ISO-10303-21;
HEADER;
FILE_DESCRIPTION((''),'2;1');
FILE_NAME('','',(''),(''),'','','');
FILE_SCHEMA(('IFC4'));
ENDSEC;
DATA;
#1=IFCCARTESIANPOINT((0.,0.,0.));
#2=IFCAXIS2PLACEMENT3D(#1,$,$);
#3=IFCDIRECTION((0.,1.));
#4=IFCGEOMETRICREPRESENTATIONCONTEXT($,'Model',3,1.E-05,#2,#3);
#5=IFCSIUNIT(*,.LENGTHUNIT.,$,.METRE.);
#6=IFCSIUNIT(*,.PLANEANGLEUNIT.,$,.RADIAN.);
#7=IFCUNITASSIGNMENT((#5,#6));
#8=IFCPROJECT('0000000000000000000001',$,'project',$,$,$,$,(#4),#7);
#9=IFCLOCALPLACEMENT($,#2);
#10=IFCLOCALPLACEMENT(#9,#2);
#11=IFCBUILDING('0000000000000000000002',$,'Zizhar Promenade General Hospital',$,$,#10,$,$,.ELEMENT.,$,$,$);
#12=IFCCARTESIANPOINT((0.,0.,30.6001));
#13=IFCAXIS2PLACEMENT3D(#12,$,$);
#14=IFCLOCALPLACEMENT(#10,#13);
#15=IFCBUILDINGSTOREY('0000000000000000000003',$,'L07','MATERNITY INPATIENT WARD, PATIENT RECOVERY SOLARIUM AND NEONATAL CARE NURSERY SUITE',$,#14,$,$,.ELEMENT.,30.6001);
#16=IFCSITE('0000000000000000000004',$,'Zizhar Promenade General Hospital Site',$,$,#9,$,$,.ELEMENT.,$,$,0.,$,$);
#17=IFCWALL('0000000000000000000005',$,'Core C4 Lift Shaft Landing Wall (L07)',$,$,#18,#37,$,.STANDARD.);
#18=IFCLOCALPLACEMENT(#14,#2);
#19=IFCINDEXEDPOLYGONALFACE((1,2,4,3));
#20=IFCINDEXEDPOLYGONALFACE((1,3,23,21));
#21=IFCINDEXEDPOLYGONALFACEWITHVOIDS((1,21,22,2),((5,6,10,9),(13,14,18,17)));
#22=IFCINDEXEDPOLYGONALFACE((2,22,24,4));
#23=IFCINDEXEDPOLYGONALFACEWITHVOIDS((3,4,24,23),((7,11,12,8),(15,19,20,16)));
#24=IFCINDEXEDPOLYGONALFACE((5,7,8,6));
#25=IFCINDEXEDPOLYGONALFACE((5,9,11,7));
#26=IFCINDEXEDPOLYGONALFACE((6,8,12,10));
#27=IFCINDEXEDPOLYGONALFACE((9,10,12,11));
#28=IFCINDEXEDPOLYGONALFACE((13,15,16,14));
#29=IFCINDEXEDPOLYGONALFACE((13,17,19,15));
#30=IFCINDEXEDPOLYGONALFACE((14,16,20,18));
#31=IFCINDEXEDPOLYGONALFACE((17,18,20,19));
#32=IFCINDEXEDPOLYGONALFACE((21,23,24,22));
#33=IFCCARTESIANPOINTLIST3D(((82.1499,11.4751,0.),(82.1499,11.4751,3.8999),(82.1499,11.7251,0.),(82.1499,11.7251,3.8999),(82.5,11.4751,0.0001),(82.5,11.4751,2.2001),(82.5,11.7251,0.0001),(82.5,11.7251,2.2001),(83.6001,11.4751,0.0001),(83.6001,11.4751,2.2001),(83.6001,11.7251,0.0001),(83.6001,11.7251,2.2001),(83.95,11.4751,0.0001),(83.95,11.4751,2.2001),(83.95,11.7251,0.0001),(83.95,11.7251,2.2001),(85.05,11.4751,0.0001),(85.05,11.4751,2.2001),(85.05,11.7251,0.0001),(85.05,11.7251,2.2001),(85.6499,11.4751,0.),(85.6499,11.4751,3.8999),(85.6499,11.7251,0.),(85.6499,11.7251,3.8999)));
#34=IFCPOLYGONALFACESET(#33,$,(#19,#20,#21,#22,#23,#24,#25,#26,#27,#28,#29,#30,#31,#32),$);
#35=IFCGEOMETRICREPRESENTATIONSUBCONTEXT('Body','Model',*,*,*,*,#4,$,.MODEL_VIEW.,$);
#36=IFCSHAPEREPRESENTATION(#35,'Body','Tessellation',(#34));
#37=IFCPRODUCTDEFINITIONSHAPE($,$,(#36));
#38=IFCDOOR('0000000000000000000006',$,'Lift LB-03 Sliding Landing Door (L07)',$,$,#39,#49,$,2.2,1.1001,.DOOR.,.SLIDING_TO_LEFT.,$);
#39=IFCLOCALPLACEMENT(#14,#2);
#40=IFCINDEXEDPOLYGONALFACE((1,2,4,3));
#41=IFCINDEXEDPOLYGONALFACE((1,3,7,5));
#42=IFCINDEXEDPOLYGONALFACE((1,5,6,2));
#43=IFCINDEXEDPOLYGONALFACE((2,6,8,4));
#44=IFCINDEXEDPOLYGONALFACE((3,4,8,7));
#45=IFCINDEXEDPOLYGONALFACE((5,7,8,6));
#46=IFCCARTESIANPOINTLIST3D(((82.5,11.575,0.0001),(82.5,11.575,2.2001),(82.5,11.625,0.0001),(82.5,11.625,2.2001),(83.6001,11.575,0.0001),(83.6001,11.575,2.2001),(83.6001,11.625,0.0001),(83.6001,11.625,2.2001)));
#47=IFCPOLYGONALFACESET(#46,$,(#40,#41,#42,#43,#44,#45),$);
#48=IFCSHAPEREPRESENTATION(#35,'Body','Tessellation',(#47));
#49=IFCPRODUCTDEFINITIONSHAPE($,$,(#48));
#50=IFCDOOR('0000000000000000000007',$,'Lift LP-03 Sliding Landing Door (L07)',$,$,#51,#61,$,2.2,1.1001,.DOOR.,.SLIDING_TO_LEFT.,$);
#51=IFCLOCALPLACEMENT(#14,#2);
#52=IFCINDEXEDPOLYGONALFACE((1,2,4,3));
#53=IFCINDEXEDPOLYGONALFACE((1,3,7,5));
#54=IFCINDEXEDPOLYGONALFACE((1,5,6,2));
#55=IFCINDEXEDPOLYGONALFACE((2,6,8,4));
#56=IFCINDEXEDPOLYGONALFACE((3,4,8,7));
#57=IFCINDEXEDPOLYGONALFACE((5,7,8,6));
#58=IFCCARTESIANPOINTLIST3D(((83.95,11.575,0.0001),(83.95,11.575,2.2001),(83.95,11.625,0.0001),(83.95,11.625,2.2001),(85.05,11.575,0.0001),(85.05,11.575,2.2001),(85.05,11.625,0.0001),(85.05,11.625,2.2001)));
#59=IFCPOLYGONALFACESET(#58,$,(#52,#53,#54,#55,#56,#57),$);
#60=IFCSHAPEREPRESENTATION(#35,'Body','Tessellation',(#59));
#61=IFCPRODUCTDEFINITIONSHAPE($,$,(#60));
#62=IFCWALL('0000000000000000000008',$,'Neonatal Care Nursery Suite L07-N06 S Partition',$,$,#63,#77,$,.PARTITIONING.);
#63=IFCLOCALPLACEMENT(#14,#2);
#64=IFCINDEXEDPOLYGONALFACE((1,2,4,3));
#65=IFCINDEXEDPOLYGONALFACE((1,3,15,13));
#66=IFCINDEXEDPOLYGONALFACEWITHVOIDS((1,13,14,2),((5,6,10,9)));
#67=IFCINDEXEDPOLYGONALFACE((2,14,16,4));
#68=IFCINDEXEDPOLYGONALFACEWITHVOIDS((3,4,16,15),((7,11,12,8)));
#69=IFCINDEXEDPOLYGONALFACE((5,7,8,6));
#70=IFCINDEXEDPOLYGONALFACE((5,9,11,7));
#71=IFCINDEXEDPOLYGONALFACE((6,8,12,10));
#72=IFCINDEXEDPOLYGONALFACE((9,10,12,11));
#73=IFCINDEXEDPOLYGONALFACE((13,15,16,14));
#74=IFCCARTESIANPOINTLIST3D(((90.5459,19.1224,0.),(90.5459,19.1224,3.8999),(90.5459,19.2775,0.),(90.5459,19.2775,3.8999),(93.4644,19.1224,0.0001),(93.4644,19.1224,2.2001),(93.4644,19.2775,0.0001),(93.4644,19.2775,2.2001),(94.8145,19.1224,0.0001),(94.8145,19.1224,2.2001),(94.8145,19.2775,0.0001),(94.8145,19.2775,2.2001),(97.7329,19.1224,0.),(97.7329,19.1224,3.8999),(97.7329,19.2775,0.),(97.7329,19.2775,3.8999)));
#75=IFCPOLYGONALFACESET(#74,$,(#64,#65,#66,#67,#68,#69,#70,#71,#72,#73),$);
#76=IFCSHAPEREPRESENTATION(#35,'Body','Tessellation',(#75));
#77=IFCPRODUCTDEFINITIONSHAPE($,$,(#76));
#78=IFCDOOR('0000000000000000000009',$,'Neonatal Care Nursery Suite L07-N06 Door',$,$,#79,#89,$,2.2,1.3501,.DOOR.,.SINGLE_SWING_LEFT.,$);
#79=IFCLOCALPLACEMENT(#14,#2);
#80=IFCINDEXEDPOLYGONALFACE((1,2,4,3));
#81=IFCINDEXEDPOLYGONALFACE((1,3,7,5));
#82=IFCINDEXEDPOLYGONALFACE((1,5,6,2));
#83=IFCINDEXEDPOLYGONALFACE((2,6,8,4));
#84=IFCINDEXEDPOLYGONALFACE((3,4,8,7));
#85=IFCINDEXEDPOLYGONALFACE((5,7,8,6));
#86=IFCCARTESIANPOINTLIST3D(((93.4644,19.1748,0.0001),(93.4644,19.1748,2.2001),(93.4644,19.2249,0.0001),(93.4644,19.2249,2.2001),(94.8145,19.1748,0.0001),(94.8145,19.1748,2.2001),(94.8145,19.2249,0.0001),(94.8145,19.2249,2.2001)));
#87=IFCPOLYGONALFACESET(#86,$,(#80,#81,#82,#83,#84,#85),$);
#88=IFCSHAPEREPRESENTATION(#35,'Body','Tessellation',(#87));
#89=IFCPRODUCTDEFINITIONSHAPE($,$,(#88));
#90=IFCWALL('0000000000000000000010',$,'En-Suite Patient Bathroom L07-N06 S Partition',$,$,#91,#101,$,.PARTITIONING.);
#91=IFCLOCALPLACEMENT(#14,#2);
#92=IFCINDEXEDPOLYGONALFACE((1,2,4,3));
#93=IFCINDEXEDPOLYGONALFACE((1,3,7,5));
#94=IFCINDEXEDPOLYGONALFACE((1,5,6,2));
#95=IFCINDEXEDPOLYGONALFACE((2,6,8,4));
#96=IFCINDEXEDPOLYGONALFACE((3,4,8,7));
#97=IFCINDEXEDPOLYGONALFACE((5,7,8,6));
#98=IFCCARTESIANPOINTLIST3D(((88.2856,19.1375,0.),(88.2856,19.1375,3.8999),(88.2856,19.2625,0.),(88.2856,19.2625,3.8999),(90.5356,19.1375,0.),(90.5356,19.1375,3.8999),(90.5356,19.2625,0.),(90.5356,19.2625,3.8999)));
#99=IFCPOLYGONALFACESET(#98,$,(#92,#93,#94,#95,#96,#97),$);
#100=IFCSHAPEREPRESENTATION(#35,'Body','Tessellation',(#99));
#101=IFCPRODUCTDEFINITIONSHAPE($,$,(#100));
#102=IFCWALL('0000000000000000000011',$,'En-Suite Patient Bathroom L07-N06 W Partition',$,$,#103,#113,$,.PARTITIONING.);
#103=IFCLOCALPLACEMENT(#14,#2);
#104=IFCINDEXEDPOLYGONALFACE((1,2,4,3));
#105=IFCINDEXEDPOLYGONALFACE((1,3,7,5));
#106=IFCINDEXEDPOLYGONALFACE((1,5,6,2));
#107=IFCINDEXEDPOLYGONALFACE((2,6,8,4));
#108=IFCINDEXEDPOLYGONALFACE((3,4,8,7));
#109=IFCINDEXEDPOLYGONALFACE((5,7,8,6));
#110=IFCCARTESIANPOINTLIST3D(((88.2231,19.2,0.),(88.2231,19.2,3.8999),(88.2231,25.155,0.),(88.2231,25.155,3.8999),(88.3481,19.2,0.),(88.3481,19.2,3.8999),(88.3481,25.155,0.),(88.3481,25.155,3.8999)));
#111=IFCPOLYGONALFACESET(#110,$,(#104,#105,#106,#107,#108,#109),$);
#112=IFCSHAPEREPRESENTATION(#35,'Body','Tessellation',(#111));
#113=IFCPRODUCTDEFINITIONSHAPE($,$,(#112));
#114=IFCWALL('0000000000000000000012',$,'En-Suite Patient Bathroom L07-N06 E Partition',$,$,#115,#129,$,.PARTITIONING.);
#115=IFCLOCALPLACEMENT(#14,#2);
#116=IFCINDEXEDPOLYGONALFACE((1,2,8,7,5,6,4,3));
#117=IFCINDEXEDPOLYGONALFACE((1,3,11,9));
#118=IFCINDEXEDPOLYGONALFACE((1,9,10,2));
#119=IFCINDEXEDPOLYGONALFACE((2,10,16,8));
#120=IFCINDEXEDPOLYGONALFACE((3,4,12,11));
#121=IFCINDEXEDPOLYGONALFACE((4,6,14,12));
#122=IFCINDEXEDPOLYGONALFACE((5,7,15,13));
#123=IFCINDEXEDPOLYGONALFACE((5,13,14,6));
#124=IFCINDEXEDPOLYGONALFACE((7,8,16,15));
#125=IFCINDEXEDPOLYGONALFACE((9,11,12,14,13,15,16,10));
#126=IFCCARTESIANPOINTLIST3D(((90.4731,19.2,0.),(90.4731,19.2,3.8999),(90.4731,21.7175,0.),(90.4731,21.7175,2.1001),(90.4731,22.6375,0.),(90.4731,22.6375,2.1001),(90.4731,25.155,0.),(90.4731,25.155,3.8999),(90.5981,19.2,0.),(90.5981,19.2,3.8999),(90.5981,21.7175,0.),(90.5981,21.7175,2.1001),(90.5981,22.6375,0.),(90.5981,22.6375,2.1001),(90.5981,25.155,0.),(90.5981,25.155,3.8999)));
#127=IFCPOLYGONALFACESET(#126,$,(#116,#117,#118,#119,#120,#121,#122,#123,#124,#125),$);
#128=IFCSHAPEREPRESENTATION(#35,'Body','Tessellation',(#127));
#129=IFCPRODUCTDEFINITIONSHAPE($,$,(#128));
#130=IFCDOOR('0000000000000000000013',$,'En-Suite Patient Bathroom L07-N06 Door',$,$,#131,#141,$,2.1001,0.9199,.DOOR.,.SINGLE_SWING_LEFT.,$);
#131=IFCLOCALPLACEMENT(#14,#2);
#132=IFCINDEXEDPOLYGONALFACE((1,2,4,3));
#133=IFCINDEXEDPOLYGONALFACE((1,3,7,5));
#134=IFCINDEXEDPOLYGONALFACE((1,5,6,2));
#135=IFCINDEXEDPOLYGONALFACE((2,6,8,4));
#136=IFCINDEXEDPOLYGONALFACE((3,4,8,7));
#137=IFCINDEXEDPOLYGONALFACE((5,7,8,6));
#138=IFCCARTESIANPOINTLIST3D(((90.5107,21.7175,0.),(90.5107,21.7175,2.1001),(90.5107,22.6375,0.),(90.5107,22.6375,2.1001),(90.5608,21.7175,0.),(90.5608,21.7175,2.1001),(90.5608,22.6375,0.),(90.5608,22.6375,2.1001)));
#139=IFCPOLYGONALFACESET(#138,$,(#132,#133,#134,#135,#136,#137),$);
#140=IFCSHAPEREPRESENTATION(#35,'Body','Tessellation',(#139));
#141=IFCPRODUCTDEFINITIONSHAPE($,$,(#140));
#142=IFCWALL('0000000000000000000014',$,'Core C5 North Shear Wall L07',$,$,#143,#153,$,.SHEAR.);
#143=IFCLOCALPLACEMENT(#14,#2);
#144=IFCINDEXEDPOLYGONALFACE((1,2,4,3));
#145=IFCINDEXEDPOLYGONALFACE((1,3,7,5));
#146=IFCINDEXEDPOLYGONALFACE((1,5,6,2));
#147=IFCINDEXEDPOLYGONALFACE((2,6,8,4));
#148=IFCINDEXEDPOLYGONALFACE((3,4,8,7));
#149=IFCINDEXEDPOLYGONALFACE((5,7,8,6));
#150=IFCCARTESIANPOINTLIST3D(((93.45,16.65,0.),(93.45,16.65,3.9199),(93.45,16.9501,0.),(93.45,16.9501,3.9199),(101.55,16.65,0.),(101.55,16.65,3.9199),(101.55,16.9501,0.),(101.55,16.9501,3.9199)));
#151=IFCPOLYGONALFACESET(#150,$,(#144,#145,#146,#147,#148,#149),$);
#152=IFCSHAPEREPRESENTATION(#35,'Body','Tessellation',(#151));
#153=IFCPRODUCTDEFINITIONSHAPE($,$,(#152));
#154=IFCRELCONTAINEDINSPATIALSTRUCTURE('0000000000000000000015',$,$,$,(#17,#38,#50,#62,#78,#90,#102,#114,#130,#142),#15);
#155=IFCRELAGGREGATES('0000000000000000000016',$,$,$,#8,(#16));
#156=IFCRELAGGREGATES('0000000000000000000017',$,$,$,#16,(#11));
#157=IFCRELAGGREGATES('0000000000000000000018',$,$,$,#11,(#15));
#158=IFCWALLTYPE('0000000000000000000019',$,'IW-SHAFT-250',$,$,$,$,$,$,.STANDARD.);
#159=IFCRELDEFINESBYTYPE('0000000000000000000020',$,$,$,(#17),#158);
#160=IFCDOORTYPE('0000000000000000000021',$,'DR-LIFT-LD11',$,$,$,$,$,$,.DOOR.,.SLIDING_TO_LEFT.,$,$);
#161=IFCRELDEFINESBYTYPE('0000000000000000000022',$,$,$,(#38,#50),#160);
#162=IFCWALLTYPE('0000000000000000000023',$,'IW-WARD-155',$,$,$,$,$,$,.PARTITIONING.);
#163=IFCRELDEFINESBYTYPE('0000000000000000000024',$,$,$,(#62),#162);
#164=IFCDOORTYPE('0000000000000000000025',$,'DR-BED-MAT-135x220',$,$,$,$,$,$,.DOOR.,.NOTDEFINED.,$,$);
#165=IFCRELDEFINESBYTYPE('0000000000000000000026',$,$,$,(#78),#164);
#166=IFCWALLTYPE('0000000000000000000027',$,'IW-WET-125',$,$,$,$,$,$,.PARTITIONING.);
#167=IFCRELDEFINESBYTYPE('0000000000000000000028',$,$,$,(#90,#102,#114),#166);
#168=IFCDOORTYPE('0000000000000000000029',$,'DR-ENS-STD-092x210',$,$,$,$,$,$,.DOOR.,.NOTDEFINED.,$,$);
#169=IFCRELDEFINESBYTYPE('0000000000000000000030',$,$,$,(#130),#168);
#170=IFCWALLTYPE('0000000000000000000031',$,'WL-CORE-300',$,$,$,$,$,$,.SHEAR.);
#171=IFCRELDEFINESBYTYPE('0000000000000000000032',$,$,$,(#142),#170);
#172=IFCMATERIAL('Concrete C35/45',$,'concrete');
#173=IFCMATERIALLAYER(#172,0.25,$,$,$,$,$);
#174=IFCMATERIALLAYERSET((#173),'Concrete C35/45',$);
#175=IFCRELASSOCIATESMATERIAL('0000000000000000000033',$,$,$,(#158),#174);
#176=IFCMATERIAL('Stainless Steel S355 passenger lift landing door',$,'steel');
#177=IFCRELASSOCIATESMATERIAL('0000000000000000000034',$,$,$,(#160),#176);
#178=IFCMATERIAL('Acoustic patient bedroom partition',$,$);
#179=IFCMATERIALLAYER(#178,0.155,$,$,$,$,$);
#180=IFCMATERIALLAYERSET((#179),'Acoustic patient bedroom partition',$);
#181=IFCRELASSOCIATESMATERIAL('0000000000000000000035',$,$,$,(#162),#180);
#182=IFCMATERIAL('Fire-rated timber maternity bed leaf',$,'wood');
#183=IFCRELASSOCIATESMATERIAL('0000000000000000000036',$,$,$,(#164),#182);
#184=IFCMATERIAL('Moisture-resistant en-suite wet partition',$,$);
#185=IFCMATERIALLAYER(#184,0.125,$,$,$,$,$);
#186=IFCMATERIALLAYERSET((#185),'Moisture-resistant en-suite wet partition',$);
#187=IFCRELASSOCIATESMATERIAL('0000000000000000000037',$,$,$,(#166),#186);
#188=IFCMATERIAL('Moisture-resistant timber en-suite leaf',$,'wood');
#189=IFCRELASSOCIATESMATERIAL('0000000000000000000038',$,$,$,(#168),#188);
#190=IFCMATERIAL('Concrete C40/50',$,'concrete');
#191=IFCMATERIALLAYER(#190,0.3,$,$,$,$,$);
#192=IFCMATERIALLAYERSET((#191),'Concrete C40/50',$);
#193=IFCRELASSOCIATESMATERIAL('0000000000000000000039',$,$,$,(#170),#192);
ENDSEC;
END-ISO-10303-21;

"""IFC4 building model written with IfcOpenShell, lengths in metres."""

from ifc_helpers import new_model, si_unit, direction, frame, frame_2d, origin, place, context, subcontext, project, spatial, rectangle, extrude, material, layer, layer_set, type_object, element, fill, save


model = new_model("IFC4")

# Units and contexts
model_context = context("Model", 3, precision=1e-05, world=origin(), true_north=direction((0.0, 1.0)))
body_context = subcontext(model_context, "Body", "Model", "MODEL_VIEW")
ifc_project = project(units=[si_unit("LENGTHUNIT", "METRE"), si_unit("PLANEANGLEUNIT", "RADIAN")], contexts=[model_context])

# Site, building, storey
site_placement = place(None, origin())
site = spatial("IfcSite", under=ifc_project, at=site_placement, Name="Zizhar Promenade General Hospital Site", CompositionType="ELEMENT", RefElevation=0.0)
building_placement = place(site_placement, origin())
building = spatial("IfcBuilding", under=site, at=building_placement, Name="Zizhar Promenade General Hospital", CompositionType="ELEMENT")
storey_placement = place(building_placement, frame((0.0, 0.0, 30.6001)))
storey = spatial("IfcBuildingStorey", under=building, at=storey_placement, Name="L07", Description="MATERNITY INPATIENT WARD, PATIENT RECOVERY SOLARIUM AND NEONATAL CARE NURSERY SUITE", CompositionType="ELEMENT", Elevation=30.6001)

# Wall, openings, doors
ifc_material_1 = material(Name="Concrete C35/45", Category="concrete")
ifc_layer_1 = layer(ifc_material_1, 0.25)
ifc_layer_set_1 = layer_set([ifc_layer_1], Name="Concrete C35/45")
wall_type_1 = type_object("IfcWallType", Name="IW-SHAFT-250", PredefinedType="STANDARD", material=ifc_layer_set_1)
wall_1_placement = place(storey_placement, frame((82.1499, 11.6001, 0.0), z_axis=(0.0, 0.0, 1.0), x_axis=(1.0, 0.0, 0.0)))
wall_1 = element("IfcWall", 1, at=wall_1_placement, inside=storey, type_object=wall_type_1, Name="Core C4 Lift Shaft Landing Wall (L07)", PredefinedType="STANDARD", context=body_context, shape_type="SweptSolid", body=[
    extrude(rectangle(XDim=3.5, YDim=0.25, at=frame_2d((1.75, 0.0))), origin(), (0.0, 0.0, 1.0), 3.8999),
])
opening_1_placement = place(wall_1_placement, frame((0.3501, 0.0, 0.0)))
opening_1 = element("IfcOpeningElement", 2, at=opening_1_placement, cuts=wall_1, PredefinedType="OPENING", context=body_context, shape_type="SweptSolid", body=[
    extrude(rectangle(XDim=1.1001, YDim=2.2, at=frame_2d((0.55, 1.1001))), frame((0.0, 0.135, 0.0), z_axis=(0.0, -1.0, 0.0), x_axis=(1.0, 0.0, 0.0)), (0.0, 0.0, 1.0), 0.27),
])
opening_2_placement = place(wall_1_placement, frame((1.8, 0.0, 0.0)))
opening_2 = element("IfcOpeningElement", 3, at=opening_2_placement, cuts=wall_1, PredefinedType="OPENING", context=body_context, shape_type="SweptSolid", body=[
    extrude(rectangle(XDim=1.1001, YDim=2.2, at=frame_2d((0.55, 1.1001))), frame((0.0, 0.135, 0.0), z_axis=(0.0, -1.0, 0.0), x_axis=(1.0, 0.0, 0.0)), (0.0, 0.0, 1.0), 0.27),
])
ifc_material_2 = material(Name="Stainless Steel S355 passenger lift landing door", Category="steel")
door_type_1 = type_object("IfcDoorType", Name="DR-LIFT-LD11", OperationType="SLIDING_TO_LEFT", PredefinedType="DOOR", material=ifc_material_2)
door_1_placement = place(opening_1_placement, origin())
door_1 = element("IfcDoor", 4, at=door_1_placement, inside=storey, type_object=door_type_1, Name="Lift LB-03 Sliding Landing Door (L07)", OperationType="SLIDING_TO_LEFT", OverallHeight=2.2, OverallWidth=1.1001, PredefinedType="DOOR", context=body_context, shape_type="SweptSolid", body=[
    extrude(rectangle(XDim=1.1001, YDim=2.2, at=frame_2d((0.55, 1.1001))), frame((0.0, 0.0249, 0.0), z_axis=(0.0, -1.0, 0.0), x_axis=(1.0, 0.0, 0.0)), (0.0, 0.0, 1.0), 0.05),
])
fill(opening_1, door_1)
door_2_placement = place(opening_2_placement, origin())
door_2 = element("IfcDoor", 5, at=door_2_placement, inside=storey, type_object=door_type_1, Name="Lift LP-03 Sliding Landing Door (L07)", OperationType="SLIDING_TO_LEFT", OverallHeight=2.2, OverallWidth=1.1001, PredefinedType="DOOR", context=body_context, shape_type="SweptSolid", body=[
    extrude(rectangle(XDim=1.1001, YDim=2.2, at=frame_2d((0.55, 1.1001))), frame((0.0, 0.0249, 0.0), z_axis=(0.0, -1.0, 0.0), x_axis=(1.0, 0.0, 0.0)), (0.0, 0.0, 1.0), 0.05),
])
fill(opening_2, door_2)

# Wall, opening, door
ifc_material_3 = material(Name="Acoustic patient bedroom partition")
ifc_layer_2 = layer(ifc_material_3, 0.155)
ifc_layer_set_2 = layer_set([ifc_layer_2], Name="Acoustic patient bedroom partition")
wall_type_2 = type_object("IfcWallType", Name="IW-WARD-155", PredefinedType="PARTITIONING", material=ifc_layer_set_2)
wall_2_placement = place(storey_placement, frame((90.5459, 19.2, 0.0), z_axis=(0.0, 0.0, 1.0), x_axis=(1.0, 0.0, 0.0)))
wall_2 = element("IfcWall", 6, at=wall_2_placement, inside=storey, type_object=wall_type_2, Name="Neonatal Care Nursery Suite L07-N06 S Partition", PredefinedType="PARTITIONING", context=body_context, shape_type="SweptSolid", body=[
    extrude(rectangle(XDim=7.187, YDim=0.155, at=frame_2d((3.5935, 0.0))), origin(), (0.0, 0.0, 1.0), 3.8999),
])
opening_3_placement = place(wall_2_placement, frame((2.9185, 0.0, 0.0)))
opening_3 = element("IfcOpeningElement", 7, at=opening_3_placement, cuts=wall_2, PredefinedType="OPENING", context=body_context, shape_type="SweptSolid", body=[
    extrude(rectangle(XDim=1.3501, YDim=2.2, at=frame_2d((0.675, 1.1001))), frame((0.0, 0.0874, 0.0), z_axis=(0.0, -1.0, 0.0), x_axis=(1.0, 0.0, 0.0)), (0.0, 0.0, 1.0), 0.175),
])
ifc_material_4 = material(Name="Fire-rated timber maternity bed leaf", Category="wood")
door_type_2 = type_object("IfcDoorType", Name="DR-BED-MAT-135x220", OperationType="NOTDEFINED", PredefinedType="DOOR", material=ifc_material_4)
door_3_placement = place(opening_3_placement, origin())
door_3 = element("IfcDoor", 8, at=door_3_placement, inside=storey, type_object=door_type_2, Name="Neonatal Care Nursery Suite L07-N06 Door", OperationType="SINGLE_SWING_LEFT", OverallHeight=2.2, OverallWidth=1.3501, PredefinedType="DOOR", context=body_context, shape_type="SweptSolid", body=[
    extrude(rectangle(XDim=1.3501, YDim=2.2, at=frame_2d((0.675, 1.1001))), frame((0.0, 0.0249, 0.0), z_axis=(0.0, -1.0, 0.0), x_axis=(1.0, 0.0, 0.0)), (0.0, 0.0, 1.0), 0.05),
])
fill(opening_3, door_3)

# Walls
ifc_material_5 = material(Name="Moisture-resistant en-suite wet partition")
ifc_layer_3 = layer(ifc_material_5, 0.125)
ifc_layer_set_3 = layer_set([ifc_layer_3], Name="Moisture-resistant en-suite wet partition")
wall_type_3 = type_object("IfcWallType", Name="IW-WET-125", PredefinedType="PARTITIONING", material=ifc_layer_set_3)
wall_3_placement = place(storey_placement, frame((88.2856, 19.2, 0.0), z_axis=(0.0, 0.0, 1.0), x_axis=(1.0, 0.0, 0.0)))
element("IfcWall", 9, at=wall_3_placement, inside=storey, type_object=wall_type_3, Name="En-Suite Patient Bathroom L07-N06 S Partition", PredefinedType="PARTITIONING", context=body_context, shape_type="SweptSolid", body=[
    extrude(rectangle(XDim=2.25, YDim=0.125, at=frame_2d((1.125, 0.0))), origin(), (0.0, 0.0, 1.0), 3.8999),
])
wall_4_placement = place(storey_placement, frame((88.2856, 19.2, 0.0), z_axis=(0.0, 0.0, 1.0), x_axis=(0.0, 1.0, 0.0)))
element("IfcWall", 10, at=wall_4_placement, inside=storey, type_object=wall_type_3, Name="En-Suite Patient Bathroom L07-N06 W Partition", PredefinedType="PARTITIONING", context=body_context, shape_type="SweptSolid", body=[
    extrude(rectangle(XDim=5.9551, YDim=0.125, at=frame_2d((2.9775, 0.0))), origin(), (0.0, 0.0, 1.0), 3.8999),
])

# Wall, opening, door
wall_5_placement = place(storey_placement, frame((90.5356, 19.2, 0.0), z_axis=(0.0, 0.0, 1.0), x_axis=(0.0, 1.0, 0.0)))
wall_5 = element("IfcWall", 11, at=wall_5_placement, inside=storey, type_object=wall_type_3, Name="En-Suite Patient Bathroom L07-N06 E Partition", PredefinedType="PARTITIONING", context=body_context, shape_type="SweptSolid", body=[
    extrude(rectangle(XDim=5.9551, YDim=0.125, at=frame_2d((2.9775, 0.0))), origin(), (0.0, 0.0, 1.0), 3.8999),
])
opening_4_placement = place(wall_5_placement, frame((2.5176, 0.0, 0.0)))
opening_4 = element("IfcOpeningElement", 12, at=opening_4_placement, cuts=wall_5, PredefinedType="OPENING", context=body_context, shape_type="SweptSolid", body=[
    extrude(rectangle(XDim=0.9199, YDim=2.1001, at=frame_2d((0.46, 1.05))), frame((0.0, 0.0725, 0.0), z_axis=(0.0, -1.0, 0.0), x_axis=(1.0, 0.0, 0.0)), (0.0, 0.0, 1.0), 0.145),
])
ifc_material_6 = material(Name="Moisture-resistant timber en-suite leaf", Category="wood")
door_type_3 = type_object("IfcDoorType", Name="DR-ENS-STD-092x210", OperationType="NOTDEFINED", PredefinedType="DOOR", material=ifc_material_6)
door_4_placement = place(opening_4_placement, origin())
door_4 = element("IfcDoor", 13, at=door_4_placement, inside=storey, type_object=door_type_3, Name="En-Suite Patient Bathroom L07-N06 Door", OperationType="SINGLE_SWING_LEFT", OverallHeight=2.1001, OverallWidth=0.9199, PredefinedType="DOOR", context=body_context, shape_type="SweptSolid", body=[
    extrude(rectangle(XDim=0.9199, YDim=2.1001, at=frame_2d((0.46, 1.05))), frame((0.0, 0.0249, 0.0), z_axis=(0.0, -1.0, 0.0), x_axis=(1.0, 0.0, 0.0)), (0.0, 0.0, 1.0), 0.05),
])
fill(opening_4, door_4)

# Wall
ifc_material_7 = material(Name="Concrete C40/50", Category="concrete")
ifc_layer_4 = layer(ifc_material_7, 0.3)
ifc_layer_set_4 = layer_set([ifc_layer_4], Name="Concrete C40/50")
wall_type_4 = type_object("IfcWallType", Name="WL-CORE-300", PredefinedType="SHEAR", material=ifc_layer_set_4)
wall_6_placement = place(storey_placement, frame((93.45, 16.8, 0.0), z_axis=(0.0, 0.0, 1.0), x_axis=(1.0, 0.0, 0.0)))
element("IfcWall", 14, at=wall_6_placement, inside=storey, type_object=wall_type_4, Name="Core C5 North Shear Wall L07", PredefinedType="SHEAR", context=body_context, shape_type="SweptSolid", body=[
    extrude(rectangle(XDim=8.1001, YDim=0.3, at=frame_2d((4.05, 0.0))), origin(), (0.0, 0.0, 1.0), 3.9199),
])

save(model, "model.ifc")
